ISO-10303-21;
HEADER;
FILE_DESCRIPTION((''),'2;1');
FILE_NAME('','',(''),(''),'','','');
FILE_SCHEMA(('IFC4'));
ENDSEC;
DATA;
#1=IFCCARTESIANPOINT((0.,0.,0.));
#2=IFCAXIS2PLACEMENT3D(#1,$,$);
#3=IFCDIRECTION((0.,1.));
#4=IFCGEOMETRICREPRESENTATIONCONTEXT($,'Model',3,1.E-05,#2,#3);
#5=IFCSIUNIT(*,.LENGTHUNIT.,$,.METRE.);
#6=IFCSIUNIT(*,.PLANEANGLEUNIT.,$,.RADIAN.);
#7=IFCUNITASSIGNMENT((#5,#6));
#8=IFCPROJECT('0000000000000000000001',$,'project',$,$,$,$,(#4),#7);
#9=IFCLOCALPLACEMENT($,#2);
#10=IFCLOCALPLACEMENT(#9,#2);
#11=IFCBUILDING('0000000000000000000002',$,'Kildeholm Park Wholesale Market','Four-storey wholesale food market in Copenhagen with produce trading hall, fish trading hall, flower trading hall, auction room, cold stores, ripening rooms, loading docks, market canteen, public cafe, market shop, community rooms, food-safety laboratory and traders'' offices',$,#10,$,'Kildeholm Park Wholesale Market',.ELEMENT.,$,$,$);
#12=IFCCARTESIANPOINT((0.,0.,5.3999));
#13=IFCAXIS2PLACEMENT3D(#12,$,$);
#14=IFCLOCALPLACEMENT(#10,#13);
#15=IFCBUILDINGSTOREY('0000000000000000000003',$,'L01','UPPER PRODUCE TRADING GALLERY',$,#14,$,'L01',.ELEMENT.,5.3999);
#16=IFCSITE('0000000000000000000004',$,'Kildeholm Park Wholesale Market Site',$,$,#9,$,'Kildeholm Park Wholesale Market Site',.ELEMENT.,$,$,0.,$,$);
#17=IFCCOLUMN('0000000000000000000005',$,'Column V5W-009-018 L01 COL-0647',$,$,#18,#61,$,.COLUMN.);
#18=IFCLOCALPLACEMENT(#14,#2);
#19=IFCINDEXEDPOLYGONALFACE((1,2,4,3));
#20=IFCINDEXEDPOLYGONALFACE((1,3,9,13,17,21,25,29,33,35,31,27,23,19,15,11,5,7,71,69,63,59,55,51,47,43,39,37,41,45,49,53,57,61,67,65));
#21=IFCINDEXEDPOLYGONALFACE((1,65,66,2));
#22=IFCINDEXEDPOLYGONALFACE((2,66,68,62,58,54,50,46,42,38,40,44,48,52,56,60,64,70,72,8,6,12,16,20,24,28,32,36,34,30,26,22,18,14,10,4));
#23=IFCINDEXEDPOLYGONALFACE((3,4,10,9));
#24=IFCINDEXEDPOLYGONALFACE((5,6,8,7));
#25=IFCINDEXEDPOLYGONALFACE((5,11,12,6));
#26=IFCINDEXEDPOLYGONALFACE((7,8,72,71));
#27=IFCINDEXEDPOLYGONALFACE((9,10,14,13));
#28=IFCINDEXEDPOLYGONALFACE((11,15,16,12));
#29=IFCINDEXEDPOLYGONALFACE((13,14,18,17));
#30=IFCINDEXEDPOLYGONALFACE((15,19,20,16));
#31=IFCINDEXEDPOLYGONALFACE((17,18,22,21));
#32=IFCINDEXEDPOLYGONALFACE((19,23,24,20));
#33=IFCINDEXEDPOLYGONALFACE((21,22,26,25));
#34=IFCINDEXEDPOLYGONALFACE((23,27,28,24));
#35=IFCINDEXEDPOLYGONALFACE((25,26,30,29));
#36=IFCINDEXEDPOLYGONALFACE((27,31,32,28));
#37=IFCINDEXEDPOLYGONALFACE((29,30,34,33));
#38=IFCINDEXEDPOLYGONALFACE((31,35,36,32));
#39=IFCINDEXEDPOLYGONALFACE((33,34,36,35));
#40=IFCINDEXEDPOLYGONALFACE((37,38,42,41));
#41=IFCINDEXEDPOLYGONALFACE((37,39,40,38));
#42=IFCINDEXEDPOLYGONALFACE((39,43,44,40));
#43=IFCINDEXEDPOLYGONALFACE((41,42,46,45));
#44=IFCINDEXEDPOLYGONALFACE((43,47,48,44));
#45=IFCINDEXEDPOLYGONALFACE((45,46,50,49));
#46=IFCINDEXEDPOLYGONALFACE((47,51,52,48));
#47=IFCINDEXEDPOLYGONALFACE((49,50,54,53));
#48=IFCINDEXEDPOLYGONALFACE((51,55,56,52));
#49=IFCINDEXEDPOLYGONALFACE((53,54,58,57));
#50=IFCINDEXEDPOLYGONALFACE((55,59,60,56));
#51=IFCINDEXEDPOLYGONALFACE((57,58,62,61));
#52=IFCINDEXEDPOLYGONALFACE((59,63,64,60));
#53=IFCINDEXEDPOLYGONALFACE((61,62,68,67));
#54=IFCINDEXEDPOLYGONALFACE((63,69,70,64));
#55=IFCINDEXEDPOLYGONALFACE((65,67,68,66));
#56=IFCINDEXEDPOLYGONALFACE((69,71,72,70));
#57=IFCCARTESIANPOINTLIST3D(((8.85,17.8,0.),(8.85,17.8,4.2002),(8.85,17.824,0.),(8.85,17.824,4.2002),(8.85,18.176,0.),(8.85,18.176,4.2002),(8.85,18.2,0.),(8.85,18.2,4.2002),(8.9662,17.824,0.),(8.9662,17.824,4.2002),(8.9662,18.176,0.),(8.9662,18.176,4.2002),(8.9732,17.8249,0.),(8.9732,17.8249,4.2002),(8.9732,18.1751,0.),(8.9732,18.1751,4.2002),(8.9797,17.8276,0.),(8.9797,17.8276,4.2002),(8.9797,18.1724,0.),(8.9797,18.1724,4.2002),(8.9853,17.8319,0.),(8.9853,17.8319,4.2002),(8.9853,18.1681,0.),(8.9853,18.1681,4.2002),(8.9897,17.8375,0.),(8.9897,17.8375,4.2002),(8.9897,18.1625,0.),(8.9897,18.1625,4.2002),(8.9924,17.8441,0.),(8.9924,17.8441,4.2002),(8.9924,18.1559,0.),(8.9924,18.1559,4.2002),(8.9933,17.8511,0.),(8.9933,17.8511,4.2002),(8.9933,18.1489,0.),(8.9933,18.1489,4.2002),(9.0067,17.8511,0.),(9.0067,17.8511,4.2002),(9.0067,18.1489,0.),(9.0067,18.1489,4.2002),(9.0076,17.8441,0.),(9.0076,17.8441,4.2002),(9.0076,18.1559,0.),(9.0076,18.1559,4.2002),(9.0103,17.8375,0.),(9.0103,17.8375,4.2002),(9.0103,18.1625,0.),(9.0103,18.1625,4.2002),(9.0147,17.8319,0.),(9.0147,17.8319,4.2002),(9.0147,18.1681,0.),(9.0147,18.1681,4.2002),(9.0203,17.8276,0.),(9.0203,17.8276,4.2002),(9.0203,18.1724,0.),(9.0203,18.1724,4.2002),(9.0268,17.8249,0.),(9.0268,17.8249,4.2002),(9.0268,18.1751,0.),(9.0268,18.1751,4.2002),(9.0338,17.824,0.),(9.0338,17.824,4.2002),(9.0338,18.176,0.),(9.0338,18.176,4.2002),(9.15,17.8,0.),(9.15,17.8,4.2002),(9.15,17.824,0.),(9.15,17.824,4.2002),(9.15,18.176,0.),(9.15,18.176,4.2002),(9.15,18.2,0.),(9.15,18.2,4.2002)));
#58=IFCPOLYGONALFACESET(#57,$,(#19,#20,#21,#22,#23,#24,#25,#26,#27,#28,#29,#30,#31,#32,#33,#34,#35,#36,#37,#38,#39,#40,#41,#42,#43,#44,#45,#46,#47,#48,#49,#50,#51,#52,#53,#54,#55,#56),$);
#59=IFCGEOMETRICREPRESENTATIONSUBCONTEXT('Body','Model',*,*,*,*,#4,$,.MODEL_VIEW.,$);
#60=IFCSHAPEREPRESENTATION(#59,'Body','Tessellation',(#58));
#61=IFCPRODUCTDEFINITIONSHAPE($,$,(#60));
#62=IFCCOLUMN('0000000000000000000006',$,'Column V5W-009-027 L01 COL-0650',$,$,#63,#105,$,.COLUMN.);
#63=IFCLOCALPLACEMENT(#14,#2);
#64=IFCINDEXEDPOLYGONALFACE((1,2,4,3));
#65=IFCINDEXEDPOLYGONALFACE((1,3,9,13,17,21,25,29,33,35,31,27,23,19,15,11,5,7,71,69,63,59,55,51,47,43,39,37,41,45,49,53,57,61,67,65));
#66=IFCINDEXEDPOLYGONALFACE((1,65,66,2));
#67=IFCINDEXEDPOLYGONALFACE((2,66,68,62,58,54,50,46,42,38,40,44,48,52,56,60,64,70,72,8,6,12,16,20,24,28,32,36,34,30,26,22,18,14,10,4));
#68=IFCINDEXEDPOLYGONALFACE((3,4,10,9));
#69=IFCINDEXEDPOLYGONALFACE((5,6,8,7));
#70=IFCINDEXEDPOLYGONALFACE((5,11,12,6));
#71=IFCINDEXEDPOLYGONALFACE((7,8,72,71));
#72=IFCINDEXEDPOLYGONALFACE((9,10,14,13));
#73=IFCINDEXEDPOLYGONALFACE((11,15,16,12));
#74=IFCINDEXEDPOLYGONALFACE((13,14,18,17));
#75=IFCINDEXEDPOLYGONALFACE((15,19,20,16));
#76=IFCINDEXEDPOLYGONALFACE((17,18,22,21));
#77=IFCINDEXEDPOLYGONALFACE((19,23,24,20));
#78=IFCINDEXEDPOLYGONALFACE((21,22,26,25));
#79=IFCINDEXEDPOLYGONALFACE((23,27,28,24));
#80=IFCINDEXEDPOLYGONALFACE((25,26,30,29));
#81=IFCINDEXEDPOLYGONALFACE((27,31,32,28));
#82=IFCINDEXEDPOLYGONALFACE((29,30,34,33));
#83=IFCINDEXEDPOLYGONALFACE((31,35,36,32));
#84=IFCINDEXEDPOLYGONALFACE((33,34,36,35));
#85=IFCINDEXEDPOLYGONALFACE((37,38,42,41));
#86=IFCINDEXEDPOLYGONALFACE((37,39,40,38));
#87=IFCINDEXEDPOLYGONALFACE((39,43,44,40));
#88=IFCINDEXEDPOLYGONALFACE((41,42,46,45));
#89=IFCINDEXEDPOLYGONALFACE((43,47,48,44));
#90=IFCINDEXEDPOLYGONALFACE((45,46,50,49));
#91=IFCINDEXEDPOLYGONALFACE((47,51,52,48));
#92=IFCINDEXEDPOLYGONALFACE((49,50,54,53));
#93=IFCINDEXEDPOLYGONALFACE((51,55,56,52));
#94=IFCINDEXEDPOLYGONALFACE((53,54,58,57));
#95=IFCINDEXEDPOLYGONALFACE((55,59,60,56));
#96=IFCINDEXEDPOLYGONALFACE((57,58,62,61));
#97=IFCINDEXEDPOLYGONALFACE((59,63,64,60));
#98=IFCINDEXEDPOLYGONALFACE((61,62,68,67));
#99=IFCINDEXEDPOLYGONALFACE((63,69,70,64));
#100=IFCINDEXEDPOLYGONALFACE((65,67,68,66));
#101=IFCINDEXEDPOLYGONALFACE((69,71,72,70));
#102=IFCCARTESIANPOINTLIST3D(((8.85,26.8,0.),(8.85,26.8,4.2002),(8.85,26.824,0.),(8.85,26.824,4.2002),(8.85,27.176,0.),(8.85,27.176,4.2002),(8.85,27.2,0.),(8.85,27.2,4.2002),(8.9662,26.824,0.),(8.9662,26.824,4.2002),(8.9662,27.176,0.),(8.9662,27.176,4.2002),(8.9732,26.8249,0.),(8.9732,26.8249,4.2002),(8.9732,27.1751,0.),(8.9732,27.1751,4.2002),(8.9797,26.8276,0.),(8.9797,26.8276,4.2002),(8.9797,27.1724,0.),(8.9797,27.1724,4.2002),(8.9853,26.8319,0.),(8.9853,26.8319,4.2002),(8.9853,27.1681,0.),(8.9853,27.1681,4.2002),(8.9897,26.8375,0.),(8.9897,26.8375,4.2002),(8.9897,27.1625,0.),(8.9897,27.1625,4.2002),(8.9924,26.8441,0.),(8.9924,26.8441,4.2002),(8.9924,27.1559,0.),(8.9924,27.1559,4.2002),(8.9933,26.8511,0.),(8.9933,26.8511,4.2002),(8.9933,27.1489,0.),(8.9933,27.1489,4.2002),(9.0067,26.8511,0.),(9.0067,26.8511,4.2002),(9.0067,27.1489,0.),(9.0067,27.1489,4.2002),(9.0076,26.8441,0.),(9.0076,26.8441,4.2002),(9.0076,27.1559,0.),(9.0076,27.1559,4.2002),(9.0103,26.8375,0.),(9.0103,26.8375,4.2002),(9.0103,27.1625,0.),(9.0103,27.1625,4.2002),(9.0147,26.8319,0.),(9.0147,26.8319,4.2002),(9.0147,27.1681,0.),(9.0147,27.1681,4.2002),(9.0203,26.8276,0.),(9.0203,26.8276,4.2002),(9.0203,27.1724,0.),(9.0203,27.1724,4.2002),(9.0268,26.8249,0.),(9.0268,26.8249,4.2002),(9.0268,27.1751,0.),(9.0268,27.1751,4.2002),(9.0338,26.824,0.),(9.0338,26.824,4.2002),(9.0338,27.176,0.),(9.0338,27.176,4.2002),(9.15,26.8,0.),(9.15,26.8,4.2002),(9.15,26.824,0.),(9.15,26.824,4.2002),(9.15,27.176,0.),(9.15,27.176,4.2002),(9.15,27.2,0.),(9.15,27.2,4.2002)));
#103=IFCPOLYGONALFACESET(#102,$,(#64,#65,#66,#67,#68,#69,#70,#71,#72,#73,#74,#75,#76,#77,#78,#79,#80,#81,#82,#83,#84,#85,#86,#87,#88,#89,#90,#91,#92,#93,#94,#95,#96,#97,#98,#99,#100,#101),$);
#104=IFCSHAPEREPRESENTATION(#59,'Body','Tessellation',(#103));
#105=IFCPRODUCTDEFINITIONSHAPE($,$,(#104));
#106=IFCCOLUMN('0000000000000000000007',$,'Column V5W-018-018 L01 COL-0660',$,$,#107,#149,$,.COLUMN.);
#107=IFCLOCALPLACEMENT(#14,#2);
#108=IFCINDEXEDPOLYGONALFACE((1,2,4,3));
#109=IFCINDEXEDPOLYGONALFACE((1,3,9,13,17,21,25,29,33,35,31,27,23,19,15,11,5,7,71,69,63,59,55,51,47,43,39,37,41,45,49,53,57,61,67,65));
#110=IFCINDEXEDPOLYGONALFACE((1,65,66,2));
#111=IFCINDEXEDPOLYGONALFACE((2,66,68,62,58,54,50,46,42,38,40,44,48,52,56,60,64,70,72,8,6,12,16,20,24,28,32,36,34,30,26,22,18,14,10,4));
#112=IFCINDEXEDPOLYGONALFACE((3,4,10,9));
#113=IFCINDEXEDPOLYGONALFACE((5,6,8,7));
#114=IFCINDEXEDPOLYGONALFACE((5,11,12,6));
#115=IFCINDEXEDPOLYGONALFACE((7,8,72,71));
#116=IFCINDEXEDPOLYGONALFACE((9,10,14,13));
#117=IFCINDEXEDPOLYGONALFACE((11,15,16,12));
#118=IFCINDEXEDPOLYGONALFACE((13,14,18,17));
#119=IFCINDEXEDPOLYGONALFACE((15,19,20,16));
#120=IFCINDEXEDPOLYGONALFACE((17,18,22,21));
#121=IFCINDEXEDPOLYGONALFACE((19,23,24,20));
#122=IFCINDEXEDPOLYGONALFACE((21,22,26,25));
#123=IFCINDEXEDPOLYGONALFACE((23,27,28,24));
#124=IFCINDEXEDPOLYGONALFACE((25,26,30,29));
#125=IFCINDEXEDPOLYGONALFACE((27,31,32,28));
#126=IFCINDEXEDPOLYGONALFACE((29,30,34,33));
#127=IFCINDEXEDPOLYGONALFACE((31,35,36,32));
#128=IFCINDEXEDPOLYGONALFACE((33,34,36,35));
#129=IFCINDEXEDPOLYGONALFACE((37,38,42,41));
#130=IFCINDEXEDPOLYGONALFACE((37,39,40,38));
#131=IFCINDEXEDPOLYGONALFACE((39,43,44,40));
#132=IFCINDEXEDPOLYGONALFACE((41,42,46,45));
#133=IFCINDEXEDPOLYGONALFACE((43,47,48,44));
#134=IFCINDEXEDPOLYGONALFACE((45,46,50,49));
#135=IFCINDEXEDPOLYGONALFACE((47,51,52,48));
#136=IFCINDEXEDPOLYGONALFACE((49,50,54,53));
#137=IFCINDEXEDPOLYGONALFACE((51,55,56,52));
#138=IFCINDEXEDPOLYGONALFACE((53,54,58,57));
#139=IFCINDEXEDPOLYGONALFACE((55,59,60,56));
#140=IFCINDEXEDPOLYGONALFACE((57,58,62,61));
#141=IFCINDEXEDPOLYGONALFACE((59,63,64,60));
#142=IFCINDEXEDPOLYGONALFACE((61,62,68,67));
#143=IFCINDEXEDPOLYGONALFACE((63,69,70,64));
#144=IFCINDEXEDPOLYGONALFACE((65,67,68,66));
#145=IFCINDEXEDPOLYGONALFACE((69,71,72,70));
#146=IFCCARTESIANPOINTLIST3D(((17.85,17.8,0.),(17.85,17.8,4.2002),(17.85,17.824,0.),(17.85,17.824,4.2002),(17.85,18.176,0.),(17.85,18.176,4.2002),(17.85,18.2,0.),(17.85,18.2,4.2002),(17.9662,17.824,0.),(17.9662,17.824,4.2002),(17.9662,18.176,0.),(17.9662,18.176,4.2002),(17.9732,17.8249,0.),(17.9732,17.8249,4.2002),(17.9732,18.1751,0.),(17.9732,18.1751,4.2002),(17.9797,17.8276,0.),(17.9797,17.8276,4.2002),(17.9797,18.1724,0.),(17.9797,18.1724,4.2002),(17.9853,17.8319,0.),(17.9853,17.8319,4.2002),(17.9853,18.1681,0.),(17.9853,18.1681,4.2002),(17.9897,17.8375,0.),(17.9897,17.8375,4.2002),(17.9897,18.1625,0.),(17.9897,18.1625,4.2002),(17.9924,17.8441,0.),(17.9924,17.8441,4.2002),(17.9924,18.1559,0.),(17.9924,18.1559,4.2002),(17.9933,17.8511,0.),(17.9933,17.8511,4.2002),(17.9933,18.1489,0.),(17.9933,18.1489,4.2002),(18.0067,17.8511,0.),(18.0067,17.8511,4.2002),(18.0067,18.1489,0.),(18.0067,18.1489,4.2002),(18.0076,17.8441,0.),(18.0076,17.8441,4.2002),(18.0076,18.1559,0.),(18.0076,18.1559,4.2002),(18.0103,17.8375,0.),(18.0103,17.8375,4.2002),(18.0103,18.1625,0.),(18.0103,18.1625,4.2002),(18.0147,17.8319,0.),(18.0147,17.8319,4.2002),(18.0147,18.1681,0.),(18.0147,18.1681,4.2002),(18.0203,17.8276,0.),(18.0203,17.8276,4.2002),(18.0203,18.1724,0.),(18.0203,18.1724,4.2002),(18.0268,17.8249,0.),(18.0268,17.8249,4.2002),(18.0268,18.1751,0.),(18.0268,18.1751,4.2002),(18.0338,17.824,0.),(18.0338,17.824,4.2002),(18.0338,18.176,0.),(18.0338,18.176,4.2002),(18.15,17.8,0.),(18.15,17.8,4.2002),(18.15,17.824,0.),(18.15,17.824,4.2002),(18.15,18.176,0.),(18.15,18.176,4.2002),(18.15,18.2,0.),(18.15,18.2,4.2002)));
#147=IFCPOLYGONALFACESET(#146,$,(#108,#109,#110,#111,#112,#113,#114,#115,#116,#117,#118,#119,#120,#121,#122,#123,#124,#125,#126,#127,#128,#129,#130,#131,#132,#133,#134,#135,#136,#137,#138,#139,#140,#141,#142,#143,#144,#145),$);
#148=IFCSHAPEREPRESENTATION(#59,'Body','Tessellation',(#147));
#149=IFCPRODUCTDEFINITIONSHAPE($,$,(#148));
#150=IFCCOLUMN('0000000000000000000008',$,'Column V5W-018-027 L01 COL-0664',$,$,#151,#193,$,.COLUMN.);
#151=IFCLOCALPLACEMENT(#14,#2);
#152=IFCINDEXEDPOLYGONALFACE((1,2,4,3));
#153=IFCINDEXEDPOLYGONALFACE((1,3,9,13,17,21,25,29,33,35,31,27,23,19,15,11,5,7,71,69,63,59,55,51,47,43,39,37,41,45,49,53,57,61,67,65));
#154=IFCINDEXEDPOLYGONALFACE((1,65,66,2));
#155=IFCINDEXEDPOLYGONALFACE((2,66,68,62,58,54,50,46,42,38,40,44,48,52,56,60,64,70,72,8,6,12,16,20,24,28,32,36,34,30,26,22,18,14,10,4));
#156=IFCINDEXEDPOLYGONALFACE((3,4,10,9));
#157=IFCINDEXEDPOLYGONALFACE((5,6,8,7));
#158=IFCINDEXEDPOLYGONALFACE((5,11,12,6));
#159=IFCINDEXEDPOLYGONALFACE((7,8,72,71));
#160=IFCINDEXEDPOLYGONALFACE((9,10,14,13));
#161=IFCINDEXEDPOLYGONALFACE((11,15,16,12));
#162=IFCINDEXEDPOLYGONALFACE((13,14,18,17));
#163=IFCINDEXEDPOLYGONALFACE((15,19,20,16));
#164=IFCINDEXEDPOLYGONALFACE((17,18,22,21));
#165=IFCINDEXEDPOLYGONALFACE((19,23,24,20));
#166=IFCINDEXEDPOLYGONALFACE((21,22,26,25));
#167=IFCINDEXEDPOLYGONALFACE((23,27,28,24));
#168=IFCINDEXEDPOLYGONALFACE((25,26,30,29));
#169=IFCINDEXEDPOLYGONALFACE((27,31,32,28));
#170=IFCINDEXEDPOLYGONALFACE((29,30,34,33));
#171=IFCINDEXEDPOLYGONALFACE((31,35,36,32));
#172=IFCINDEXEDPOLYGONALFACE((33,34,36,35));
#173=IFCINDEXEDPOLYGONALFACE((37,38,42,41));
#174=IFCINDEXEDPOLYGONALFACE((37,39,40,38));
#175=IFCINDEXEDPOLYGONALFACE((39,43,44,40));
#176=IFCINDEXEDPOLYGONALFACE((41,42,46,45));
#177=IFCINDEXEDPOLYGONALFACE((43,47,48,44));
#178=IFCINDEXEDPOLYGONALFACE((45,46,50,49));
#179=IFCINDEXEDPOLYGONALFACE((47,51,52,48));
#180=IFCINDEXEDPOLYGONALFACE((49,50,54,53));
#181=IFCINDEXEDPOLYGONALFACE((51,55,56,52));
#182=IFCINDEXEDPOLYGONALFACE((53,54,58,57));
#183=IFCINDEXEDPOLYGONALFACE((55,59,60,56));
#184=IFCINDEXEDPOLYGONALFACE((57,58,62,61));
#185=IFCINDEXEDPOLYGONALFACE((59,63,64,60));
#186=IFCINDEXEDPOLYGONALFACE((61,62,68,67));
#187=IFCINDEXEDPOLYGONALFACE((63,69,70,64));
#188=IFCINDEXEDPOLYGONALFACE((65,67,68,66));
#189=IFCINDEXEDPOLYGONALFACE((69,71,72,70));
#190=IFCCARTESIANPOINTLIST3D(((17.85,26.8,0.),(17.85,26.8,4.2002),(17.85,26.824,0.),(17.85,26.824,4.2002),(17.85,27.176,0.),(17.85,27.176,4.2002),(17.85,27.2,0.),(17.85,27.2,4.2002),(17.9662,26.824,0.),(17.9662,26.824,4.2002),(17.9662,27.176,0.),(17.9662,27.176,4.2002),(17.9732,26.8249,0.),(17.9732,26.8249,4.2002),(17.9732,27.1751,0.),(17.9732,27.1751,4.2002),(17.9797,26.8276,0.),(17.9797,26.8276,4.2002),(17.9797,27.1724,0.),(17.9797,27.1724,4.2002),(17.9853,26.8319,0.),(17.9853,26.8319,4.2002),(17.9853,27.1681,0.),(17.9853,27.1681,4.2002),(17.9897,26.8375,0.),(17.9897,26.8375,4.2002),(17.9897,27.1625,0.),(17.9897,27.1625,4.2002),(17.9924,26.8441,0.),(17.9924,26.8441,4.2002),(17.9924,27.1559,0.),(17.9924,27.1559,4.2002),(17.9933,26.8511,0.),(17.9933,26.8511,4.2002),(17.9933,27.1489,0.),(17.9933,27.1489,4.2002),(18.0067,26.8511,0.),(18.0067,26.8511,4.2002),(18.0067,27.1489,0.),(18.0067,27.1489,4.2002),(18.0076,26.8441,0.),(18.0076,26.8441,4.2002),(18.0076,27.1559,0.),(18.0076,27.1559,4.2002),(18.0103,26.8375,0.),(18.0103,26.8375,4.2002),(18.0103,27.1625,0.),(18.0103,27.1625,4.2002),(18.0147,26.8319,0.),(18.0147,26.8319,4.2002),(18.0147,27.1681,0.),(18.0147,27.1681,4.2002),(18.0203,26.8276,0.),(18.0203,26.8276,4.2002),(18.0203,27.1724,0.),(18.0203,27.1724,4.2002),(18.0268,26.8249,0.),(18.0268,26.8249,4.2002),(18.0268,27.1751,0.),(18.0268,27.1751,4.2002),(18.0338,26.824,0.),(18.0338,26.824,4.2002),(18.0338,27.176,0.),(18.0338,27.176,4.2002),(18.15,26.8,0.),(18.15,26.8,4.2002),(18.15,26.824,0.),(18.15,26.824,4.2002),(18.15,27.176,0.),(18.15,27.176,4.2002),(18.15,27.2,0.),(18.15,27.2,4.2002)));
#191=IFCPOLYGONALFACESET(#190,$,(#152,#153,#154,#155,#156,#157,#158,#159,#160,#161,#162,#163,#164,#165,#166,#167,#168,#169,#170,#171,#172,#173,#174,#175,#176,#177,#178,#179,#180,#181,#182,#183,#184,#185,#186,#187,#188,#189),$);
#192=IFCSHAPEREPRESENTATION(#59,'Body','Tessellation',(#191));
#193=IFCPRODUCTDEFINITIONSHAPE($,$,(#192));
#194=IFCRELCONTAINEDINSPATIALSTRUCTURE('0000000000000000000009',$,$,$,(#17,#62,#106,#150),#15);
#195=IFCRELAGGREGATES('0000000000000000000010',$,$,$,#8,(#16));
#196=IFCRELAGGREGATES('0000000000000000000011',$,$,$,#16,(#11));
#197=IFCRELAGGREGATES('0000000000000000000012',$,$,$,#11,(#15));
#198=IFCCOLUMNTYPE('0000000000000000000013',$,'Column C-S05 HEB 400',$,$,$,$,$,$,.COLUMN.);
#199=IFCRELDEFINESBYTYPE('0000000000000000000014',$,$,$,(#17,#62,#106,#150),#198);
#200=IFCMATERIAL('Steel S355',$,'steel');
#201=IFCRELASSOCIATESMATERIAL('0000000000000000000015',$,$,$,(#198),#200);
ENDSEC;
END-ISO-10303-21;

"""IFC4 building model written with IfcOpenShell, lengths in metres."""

from ifc_helpers import new_model, si_unit, direction, frame, origin, origin_2d, place, context, subcontext, project, spatial, i_section, extrude, material, material_profile, profile_set, type_object, element, save


model = new_model("IFC4")

# Units and contexts
model_context = context("Model", 3, precision=1e-05, world=origin(), true_north=direction((0.0, 1.0)))
body_context = subcontext(model_context, "Body", "Model", "MODEL_VIEW")
ifc_project = project(units=[si_unit("LENGTHUNIT", "METRE"), si_unit("PLANEANGLEUNIT", "RADIAN")], contexts=[model_context])

# Site, building, storey
site_placement = place(None, origin())
site = spatial("IfcSite", under=ifc_project, at=site_placement, Name="Kildeholm Park Wholesale Market Site", LongName="Kildeholm Park Wholesale Market Site", CompositionType="ELEMENT", RefElevation=0.0)
building_placement = place(site_placement, origin())
building = spatial("IfcBuilding", under=site, at=building_placement, Name="Kildeholm Park Wholesale Market", Description="Four-storey wholesale food market in Copenhagen with produce trading hall, fish trading hall, flower trading hall, auction room, cold stores, ripening rooms, loading docks, market canteen, public cafe, market shop, community rooms, food-safety laboratory and traders' offices", LongName="Kildeholm Park Wholesale Market", CompositionType="ELEMENT")
storey_placement = place(building_placement, frame((0.0, 0.0, 5.3999)))
storey = spatial("IfcBuildingStorey", under=building, at=storey_placement, Name="L01", Description="UPPER PRODUCE TRADING GALLERY", LongName="L01", CompositionType="ELEMENT", Elevation=5.3999)

# Columns
ifc_material_1 = material(Name="Steel S355", Category="steel")
ifc_material_profile_1 = material_profile(ifc_material_1, i_section(OverallWidth=0.3, OverallDepth=0.3999, WebThickness=0.0134, FlangeThickness=0.0239, FilletRadius=0.0271, at=origin_2d()), Name="HEB 400")
ifc_profile_set_1 = profile_set([ifc_material_profile_1], Name="Steel S355")
column_type = type_object("IfcColumnType", Name="Column C-S05 HEB 400", PredefinedType="COLUMN", material=ifc_profile_set_1)
for number, where, z_axis, x_axis, name in (
    (1, (9.0, 18.0, 0.0), (0.0, 0.0, 1.0), (1.0, 0.0, 0.0), "Column V5W-009-018 L01 COL-0647"),
    (2, (9.0, 27.0, 0.0), (0.0, 0.0, 1.0), (1.0, 0.0, 0.0), "Column V5W-009-027 L01 COL-0650"),
    (3, (18.0, 18.0, 0.0), (0.0, 0.0, 1.0), (1.0, 0.0, 0.0), "Column V5W-018-018 L01 COL-0660"),
    (4, (18.0, 27.0, 0.0), (0.0, 0.0, 1.0), (1.0, 0.0, 0.0), "Column V5W-018-027 L01 COL-0664"),
):
    element("IfcColumn", number, at=place(storey_placement, frame(where, z_axis=z_axis, x_axis=x_axis)), inside=storey, type_object=column_type, Name=name, PredefinedType="COLUMN", context=body_context, shape_type="SweptSolid", body=[
        extrude(i_section(OverallWidth=0.3, OverallDepth=0.3999, WebThickness=0.0134, FlangeThickness=0.0239, FilletRadius=0.0271, at=origin_2d()), origin(), (0.0, 0.0, 1.0), 4.2002),
    ])

save(model, "model.ifc")
